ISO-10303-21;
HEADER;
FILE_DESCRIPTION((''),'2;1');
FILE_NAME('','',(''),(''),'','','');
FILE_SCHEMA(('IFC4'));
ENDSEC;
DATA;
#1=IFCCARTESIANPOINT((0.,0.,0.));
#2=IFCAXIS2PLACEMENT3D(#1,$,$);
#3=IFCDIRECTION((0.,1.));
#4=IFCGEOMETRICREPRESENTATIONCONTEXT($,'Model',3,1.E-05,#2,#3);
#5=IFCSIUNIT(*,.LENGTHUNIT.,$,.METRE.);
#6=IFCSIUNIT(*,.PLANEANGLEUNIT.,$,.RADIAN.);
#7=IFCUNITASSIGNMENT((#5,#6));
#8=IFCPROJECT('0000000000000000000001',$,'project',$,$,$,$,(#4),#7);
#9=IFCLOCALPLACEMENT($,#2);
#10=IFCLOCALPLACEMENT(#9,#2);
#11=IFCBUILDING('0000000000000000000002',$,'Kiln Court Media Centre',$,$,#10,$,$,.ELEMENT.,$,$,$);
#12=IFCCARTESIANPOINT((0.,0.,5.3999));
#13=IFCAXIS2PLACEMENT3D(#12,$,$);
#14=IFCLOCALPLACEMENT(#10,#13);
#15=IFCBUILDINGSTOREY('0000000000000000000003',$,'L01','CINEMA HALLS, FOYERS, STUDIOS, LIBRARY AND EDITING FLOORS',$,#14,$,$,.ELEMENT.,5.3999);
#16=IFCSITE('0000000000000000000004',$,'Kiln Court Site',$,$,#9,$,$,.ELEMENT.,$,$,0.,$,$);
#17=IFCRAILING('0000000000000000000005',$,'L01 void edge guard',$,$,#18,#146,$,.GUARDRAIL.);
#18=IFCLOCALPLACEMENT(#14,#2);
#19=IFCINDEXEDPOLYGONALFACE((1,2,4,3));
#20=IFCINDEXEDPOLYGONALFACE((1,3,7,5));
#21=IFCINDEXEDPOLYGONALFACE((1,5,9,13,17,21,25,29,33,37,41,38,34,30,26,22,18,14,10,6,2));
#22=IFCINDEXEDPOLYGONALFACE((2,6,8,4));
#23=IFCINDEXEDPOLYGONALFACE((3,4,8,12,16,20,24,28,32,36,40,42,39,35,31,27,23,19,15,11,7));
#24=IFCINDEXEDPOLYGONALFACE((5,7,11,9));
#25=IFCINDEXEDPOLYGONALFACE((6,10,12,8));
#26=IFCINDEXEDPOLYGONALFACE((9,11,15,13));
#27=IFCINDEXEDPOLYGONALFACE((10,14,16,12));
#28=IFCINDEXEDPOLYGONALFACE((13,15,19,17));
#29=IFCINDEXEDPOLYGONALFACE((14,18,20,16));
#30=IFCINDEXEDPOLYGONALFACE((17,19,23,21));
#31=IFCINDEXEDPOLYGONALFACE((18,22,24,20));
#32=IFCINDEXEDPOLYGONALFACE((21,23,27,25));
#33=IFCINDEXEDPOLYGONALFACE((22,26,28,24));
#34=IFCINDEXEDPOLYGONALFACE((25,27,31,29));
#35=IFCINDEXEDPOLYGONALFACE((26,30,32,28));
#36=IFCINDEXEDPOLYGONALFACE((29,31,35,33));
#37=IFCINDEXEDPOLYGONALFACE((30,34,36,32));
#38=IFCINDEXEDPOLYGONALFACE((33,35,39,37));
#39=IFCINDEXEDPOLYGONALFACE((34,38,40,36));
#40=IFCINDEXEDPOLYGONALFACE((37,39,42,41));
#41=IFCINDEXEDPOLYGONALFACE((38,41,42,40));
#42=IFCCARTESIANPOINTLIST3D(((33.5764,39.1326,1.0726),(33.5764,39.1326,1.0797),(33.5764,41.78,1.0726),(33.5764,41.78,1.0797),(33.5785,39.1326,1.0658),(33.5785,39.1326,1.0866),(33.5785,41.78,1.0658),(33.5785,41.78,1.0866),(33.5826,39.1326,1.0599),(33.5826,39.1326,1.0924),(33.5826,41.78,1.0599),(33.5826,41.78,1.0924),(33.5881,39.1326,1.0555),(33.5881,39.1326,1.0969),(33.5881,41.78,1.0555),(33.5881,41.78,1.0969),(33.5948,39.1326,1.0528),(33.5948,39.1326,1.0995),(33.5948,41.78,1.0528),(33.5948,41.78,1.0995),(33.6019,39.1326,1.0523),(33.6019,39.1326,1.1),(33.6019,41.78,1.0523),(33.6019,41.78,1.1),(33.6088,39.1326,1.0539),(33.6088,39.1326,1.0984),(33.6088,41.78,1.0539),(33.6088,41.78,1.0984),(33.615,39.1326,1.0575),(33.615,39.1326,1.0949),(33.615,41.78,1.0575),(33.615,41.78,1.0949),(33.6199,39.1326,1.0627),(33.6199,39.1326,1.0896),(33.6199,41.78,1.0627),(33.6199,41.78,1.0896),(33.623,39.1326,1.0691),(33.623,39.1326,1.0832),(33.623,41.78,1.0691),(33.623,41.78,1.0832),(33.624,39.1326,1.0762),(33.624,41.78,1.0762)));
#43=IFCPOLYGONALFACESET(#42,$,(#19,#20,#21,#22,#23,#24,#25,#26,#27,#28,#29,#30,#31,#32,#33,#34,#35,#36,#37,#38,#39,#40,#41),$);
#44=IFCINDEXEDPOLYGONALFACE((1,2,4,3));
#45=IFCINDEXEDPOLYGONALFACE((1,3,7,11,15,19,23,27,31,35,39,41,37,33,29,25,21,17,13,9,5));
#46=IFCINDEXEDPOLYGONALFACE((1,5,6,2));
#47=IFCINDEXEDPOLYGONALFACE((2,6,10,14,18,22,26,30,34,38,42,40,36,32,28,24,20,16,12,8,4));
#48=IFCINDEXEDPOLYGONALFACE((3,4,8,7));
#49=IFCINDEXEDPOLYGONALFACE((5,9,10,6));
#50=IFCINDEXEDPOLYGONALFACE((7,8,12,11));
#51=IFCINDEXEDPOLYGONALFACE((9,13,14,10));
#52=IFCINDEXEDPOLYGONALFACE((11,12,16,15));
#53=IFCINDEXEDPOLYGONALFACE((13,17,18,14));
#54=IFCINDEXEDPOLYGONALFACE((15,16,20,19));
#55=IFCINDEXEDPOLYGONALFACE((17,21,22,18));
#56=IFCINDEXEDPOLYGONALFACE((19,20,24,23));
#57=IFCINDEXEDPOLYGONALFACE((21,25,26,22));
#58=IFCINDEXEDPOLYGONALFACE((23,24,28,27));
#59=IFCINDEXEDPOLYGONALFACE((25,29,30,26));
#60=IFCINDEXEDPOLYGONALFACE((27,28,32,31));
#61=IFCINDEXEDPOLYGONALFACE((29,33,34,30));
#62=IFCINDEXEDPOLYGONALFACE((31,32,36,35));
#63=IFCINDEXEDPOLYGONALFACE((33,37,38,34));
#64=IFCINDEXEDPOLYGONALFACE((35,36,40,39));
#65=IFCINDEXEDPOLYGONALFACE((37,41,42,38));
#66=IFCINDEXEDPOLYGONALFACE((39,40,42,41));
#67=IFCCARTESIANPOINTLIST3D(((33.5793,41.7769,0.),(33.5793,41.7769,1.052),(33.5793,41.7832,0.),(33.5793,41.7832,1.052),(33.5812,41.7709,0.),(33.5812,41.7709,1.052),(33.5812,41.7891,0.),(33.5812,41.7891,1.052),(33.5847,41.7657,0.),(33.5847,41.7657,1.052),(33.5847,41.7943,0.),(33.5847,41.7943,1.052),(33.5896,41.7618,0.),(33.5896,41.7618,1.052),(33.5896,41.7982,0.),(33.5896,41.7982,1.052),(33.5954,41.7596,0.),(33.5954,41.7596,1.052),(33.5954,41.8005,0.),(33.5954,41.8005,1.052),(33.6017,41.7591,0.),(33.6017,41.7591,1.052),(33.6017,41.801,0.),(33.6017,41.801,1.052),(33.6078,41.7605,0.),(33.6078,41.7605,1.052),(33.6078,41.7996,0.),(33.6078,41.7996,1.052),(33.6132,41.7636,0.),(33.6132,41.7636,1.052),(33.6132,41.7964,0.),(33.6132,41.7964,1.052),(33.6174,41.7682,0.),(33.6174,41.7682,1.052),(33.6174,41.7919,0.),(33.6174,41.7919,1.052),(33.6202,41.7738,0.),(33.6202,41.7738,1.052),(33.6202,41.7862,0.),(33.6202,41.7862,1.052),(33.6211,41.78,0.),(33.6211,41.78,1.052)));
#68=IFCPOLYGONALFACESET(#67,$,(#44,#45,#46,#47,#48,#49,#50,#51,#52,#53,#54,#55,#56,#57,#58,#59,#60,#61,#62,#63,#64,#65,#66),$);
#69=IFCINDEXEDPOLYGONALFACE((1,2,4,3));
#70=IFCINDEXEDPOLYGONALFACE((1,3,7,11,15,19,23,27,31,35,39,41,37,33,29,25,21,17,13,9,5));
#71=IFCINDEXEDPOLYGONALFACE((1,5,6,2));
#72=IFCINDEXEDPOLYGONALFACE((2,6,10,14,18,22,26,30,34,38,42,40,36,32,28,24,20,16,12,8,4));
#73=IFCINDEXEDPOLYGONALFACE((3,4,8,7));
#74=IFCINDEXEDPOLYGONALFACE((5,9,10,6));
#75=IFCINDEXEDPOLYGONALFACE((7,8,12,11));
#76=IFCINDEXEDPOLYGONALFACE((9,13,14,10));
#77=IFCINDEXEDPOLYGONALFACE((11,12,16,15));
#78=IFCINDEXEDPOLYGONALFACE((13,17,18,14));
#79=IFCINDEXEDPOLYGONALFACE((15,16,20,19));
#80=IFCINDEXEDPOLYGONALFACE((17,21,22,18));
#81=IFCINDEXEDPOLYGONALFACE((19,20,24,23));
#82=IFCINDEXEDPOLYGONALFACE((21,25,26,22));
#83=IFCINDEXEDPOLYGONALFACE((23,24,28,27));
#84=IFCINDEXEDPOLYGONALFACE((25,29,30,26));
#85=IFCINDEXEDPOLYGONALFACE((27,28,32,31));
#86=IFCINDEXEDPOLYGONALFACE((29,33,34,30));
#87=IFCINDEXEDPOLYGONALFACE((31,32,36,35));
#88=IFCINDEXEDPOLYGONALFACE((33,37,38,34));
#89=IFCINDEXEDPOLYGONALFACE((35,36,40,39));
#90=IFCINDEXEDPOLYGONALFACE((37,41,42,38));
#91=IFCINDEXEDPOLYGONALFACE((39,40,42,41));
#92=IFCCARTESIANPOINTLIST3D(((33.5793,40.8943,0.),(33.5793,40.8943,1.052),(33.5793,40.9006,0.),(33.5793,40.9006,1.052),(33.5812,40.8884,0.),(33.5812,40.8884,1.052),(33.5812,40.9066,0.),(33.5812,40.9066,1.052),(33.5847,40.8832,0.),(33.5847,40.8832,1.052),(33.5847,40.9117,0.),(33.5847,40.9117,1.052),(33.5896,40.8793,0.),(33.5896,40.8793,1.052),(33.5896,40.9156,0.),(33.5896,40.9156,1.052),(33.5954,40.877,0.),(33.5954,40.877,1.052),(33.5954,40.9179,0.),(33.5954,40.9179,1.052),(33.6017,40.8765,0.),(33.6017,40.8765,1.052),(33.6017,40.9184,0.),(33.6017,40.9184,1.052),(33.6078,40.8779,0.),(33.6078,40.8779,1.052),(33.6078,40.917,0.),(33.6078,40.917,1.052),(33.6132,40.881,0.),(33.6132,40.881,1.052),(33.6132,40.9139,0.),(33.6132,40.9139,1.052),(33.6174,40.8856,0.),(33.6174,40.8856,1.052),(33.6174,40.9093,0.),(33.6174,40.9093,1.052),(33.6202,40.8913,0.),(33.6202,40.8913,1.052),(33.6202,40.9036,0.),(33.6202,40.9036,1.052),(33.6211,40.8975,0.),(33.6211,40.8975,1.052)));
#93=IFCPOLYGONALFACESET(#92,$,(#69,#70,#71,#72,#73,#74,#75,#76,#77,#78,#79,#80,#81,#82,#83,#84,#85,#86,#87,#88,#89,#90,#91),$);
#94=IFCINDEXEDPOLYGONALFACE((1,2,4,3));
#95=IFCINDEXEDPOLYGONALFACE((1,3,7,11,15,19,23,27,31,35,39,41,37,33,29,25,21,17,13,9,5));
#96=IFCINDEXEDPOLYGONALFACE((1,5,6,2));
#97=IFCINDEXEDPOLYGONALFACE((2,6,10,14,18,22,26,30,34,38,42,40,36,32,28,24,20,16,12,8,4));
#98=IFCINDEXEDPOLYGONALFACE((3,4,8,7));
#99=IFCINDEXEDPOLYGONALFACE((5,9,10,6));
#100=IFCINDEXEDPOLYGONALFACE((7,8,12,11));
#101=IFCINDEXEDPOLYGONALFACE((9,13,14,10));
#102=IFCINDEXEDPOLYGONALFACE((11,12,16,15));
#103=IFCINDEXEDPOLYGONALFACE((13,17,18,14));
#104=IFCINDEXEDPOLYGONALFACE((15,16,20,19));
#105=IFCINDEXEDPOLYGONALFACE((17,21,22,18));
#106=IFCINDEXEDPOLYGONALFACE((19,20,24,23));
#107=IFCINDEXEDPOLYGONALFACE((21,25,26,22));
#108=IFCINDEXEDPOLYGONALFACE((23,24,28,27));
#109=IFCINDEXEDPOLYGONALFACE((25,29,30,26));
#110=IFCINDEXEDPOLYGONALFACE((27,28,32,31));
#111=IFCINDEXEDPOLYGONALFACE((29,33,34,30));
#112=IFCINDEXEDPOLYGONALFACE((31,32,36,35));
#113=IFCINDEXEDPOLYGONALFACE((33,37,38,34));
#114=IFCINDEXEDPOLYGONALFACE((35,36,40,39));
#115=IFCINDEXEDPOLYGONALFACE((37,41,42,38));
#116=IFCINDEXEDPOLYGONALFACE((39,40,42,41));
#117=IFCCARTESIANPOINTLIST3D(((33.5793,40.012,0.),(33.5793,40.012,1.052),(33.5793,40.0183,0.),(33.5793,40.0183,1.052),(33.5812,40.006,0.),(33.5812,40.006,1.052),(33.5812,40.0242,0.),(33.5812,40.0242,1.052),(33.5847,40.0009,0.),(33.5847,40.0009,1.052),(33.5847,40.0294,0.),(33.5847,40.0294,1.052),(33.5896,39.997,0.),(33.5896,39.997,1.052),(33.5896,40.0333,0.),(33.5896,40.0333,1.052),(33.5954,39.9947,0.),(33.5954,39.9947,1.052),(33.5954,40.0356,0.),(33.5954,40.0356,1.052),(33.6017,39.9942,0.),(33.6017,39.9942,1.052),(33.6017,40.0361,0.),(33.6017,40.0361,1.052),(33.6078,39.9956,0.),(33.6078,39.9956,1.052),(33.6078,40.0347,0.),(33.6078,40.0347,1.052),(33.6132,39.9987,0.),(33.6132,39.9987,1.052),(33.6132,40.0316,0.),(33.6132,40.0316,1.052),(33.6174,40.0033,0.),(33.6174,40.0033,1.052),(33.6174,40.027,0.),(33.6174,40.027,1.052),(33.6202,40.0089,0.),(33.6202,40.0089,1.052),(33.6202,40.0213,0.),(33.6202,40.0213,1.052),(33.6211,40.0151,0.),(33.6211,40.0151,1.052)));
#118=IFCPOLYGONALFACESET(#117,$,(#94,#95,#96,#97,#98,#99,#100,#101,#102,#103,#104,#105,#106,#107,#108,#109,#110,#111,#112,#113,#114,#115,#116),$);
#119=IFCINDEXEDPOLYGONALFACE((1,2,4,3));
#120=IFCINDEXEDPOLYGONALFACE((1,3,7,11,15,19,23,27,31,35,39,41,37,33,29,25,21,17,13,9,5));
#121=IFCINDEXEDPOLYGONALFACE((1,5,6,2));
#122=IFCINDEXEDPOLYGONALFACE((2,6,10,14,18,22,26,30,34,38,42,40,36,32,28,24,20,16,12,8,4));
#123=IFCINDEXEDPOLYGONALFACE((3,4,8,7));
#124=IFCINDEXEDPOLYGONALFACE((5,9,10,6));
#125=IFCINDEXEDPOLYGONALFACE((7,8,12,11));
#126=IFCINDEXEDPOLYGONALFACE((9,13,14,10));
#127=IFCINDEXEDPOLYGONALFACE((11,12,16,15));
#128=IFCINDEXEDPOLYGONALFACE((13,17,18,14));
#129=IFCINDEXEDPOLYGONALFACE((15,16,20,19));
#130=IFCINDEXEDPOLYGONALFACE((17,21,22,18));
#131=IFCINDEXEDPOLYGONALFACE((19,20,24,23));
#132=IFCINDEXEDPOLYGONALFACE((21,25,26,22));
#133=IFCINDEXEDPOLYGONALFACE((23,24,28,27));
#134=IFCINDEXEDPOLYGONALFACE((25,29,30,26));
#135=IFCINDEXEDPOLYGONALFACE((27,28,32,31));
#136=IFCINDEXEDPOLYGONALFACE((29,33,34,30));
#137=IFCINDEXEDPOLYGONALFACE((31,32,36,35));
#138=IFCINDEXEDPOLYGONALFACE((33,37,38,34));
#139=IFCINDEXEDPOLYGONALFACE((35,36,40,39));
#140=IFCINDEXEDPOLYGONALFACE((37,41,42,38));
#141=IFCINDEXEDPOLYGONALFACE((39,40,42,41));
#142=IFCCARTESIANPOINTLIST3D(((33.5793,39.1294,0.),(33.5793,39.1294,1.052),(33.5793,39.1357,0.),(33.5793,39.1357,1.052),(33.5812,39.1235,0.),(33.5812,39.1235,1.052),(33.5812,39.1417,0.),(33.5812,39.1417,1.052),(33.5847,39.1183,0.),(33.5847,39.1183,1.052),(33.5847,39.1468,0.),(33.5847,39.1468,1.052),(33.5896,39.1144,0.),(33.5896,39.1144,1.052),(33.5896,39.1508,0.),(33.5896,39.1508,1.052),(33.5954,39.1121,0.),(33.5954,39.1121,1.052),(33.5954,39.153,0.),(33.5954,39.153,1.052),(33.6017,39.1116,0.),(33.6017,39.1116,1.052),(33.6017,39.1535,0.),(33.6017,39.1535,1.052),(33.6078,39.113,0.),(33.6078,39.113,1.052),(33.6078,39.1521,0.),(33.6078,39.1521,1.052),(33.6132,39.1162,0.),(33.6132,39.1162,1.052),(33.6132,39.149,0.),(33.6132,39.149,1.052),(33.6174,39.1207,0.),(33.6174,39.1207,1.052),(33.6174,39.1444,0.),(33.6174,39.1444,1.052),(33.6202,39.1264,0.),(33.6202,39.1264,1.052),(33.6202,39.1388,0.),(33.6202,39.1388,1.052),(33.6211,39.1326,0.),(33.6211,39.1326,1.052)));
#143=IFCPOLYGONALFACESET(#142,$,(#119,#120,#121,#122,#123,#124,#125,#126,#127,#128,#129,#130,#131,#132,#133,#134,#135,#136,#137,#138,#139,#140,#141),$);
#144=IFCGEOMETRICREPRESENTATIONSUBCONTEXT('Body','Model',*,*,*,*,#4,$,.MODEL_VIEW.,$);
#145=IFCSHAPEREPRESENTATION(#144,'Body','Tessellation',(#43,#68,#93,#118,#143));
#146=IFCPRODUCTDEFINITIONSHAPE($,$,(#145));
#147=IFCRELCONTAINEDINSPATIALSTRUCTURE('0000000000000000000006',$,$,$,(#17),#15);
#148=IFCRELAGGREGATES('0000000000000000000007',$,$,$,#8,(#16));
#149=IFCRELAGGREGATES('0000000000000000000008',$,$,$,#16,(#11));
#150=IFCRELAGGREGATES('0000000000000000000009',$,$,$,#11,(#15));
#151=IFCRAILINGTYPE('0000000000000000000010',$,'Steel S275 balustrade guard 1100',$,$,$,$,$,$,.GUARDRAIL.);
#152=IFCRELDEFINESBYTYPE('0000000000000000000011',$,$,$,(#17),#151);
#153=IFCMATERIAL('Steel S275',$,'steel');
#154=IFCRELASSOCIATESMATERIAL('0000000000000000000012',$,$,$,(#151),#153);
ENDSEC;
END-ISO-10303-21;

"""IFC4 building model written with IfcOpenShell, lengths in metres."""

from ifc_helpers import new_model, si_unit, direction, frame, origin, origin_2d, place, context, subcontext, project, spatial, circle, extrude, material, type_object, element, save


model = new_model("IFC4")

# Units and contexts
model_context = context("Model", 3, precision=1e-05, world=origin(), true_north=direction((0.0, 1.0)))
body_context = subcontext(model_context, "Body", "Model", "MODEL_VIEW")
ifc_project = project(units=[si_unit("LENGTHUNIT", "METRE"), si_unit("PLANEANGLEUNIT", "RADIAN")], contexts=[model_context])

# Site, building, storey
site_placement = place(None, origin())
site = spatial("IfcSite", under=ifc_project, at=site_placement, Name="Kiln Court Site", CompositionType="ELEMENT", RefElevation=0.0)
building_placement = place(site_placement, origin())
building = spatial("IfcBuilding", under=site, at=building_placement, Name="Kiln Court Media Centre", CompositionType="ELEMENT")
storey_placement = place(building_placement, frame((0.0, 0.0, 5.3999)))
storey = spatial("IfcBuildingStorey", under=building, at=storey_placement, Name="L01", Description="CINEMA HALLS, FOYERS, STUDIOS, LIBRARY AND EDITING FLOORS", CompositionType="ELEMENT", Elevation=5.3999)

# Railing
ifc_material_1 = material(Name="Steel S275", Category="steel")
railing_type_1 = type_object("IfcRailingType", Name="Steel S275 balustrade guard 1100", PredefinedType="GUARDRAIL", material=ifc_material_1)
railing_1_placement = place(storey_placement, frame((33.6001, 41.78, 0.0)))
element("IfcRailing", 1, at=railing_1_placement, inside=storey, type_object=railing_type_1, Name="L01 void edge guard", PredefinedType="GUARDRAIL", context=body_context, shape_type="SweptSolid", body=[
    extrude(circle(Radius=0.0239, at=origin_2d()), frame((0.0, 0.0, 1.0762), z_axis=(0.0, -1.0, 0.0), x_axis=(1.0, 0.0, 0.0)), (0.0, 0.0, 1.0), 2.6475),
    extrude(circle(Radius=0.021, at=origin_2d()), origin(), (0.0, 0.0, 1.0), 1.052),
    extrude(circle(Radius=0.021, at=origin_2d()), frame((0.0, -0.8826, 0.0)), (0.0, 0.0, 1.0), 1.052),
    extrude(circle(Radius=0.021, at=origin_2d()), frame((0.0, -1.7649, 0.0)), (0.0, 0.0, 1.0), 1.052),
    extrude(circle(Radius=0.021, at=origin_2d()), frame((0.0, -2.6475, 0.0)), (0.0, 0.0, 1.0), 1.052),
])

save(model, "model.ifc")
